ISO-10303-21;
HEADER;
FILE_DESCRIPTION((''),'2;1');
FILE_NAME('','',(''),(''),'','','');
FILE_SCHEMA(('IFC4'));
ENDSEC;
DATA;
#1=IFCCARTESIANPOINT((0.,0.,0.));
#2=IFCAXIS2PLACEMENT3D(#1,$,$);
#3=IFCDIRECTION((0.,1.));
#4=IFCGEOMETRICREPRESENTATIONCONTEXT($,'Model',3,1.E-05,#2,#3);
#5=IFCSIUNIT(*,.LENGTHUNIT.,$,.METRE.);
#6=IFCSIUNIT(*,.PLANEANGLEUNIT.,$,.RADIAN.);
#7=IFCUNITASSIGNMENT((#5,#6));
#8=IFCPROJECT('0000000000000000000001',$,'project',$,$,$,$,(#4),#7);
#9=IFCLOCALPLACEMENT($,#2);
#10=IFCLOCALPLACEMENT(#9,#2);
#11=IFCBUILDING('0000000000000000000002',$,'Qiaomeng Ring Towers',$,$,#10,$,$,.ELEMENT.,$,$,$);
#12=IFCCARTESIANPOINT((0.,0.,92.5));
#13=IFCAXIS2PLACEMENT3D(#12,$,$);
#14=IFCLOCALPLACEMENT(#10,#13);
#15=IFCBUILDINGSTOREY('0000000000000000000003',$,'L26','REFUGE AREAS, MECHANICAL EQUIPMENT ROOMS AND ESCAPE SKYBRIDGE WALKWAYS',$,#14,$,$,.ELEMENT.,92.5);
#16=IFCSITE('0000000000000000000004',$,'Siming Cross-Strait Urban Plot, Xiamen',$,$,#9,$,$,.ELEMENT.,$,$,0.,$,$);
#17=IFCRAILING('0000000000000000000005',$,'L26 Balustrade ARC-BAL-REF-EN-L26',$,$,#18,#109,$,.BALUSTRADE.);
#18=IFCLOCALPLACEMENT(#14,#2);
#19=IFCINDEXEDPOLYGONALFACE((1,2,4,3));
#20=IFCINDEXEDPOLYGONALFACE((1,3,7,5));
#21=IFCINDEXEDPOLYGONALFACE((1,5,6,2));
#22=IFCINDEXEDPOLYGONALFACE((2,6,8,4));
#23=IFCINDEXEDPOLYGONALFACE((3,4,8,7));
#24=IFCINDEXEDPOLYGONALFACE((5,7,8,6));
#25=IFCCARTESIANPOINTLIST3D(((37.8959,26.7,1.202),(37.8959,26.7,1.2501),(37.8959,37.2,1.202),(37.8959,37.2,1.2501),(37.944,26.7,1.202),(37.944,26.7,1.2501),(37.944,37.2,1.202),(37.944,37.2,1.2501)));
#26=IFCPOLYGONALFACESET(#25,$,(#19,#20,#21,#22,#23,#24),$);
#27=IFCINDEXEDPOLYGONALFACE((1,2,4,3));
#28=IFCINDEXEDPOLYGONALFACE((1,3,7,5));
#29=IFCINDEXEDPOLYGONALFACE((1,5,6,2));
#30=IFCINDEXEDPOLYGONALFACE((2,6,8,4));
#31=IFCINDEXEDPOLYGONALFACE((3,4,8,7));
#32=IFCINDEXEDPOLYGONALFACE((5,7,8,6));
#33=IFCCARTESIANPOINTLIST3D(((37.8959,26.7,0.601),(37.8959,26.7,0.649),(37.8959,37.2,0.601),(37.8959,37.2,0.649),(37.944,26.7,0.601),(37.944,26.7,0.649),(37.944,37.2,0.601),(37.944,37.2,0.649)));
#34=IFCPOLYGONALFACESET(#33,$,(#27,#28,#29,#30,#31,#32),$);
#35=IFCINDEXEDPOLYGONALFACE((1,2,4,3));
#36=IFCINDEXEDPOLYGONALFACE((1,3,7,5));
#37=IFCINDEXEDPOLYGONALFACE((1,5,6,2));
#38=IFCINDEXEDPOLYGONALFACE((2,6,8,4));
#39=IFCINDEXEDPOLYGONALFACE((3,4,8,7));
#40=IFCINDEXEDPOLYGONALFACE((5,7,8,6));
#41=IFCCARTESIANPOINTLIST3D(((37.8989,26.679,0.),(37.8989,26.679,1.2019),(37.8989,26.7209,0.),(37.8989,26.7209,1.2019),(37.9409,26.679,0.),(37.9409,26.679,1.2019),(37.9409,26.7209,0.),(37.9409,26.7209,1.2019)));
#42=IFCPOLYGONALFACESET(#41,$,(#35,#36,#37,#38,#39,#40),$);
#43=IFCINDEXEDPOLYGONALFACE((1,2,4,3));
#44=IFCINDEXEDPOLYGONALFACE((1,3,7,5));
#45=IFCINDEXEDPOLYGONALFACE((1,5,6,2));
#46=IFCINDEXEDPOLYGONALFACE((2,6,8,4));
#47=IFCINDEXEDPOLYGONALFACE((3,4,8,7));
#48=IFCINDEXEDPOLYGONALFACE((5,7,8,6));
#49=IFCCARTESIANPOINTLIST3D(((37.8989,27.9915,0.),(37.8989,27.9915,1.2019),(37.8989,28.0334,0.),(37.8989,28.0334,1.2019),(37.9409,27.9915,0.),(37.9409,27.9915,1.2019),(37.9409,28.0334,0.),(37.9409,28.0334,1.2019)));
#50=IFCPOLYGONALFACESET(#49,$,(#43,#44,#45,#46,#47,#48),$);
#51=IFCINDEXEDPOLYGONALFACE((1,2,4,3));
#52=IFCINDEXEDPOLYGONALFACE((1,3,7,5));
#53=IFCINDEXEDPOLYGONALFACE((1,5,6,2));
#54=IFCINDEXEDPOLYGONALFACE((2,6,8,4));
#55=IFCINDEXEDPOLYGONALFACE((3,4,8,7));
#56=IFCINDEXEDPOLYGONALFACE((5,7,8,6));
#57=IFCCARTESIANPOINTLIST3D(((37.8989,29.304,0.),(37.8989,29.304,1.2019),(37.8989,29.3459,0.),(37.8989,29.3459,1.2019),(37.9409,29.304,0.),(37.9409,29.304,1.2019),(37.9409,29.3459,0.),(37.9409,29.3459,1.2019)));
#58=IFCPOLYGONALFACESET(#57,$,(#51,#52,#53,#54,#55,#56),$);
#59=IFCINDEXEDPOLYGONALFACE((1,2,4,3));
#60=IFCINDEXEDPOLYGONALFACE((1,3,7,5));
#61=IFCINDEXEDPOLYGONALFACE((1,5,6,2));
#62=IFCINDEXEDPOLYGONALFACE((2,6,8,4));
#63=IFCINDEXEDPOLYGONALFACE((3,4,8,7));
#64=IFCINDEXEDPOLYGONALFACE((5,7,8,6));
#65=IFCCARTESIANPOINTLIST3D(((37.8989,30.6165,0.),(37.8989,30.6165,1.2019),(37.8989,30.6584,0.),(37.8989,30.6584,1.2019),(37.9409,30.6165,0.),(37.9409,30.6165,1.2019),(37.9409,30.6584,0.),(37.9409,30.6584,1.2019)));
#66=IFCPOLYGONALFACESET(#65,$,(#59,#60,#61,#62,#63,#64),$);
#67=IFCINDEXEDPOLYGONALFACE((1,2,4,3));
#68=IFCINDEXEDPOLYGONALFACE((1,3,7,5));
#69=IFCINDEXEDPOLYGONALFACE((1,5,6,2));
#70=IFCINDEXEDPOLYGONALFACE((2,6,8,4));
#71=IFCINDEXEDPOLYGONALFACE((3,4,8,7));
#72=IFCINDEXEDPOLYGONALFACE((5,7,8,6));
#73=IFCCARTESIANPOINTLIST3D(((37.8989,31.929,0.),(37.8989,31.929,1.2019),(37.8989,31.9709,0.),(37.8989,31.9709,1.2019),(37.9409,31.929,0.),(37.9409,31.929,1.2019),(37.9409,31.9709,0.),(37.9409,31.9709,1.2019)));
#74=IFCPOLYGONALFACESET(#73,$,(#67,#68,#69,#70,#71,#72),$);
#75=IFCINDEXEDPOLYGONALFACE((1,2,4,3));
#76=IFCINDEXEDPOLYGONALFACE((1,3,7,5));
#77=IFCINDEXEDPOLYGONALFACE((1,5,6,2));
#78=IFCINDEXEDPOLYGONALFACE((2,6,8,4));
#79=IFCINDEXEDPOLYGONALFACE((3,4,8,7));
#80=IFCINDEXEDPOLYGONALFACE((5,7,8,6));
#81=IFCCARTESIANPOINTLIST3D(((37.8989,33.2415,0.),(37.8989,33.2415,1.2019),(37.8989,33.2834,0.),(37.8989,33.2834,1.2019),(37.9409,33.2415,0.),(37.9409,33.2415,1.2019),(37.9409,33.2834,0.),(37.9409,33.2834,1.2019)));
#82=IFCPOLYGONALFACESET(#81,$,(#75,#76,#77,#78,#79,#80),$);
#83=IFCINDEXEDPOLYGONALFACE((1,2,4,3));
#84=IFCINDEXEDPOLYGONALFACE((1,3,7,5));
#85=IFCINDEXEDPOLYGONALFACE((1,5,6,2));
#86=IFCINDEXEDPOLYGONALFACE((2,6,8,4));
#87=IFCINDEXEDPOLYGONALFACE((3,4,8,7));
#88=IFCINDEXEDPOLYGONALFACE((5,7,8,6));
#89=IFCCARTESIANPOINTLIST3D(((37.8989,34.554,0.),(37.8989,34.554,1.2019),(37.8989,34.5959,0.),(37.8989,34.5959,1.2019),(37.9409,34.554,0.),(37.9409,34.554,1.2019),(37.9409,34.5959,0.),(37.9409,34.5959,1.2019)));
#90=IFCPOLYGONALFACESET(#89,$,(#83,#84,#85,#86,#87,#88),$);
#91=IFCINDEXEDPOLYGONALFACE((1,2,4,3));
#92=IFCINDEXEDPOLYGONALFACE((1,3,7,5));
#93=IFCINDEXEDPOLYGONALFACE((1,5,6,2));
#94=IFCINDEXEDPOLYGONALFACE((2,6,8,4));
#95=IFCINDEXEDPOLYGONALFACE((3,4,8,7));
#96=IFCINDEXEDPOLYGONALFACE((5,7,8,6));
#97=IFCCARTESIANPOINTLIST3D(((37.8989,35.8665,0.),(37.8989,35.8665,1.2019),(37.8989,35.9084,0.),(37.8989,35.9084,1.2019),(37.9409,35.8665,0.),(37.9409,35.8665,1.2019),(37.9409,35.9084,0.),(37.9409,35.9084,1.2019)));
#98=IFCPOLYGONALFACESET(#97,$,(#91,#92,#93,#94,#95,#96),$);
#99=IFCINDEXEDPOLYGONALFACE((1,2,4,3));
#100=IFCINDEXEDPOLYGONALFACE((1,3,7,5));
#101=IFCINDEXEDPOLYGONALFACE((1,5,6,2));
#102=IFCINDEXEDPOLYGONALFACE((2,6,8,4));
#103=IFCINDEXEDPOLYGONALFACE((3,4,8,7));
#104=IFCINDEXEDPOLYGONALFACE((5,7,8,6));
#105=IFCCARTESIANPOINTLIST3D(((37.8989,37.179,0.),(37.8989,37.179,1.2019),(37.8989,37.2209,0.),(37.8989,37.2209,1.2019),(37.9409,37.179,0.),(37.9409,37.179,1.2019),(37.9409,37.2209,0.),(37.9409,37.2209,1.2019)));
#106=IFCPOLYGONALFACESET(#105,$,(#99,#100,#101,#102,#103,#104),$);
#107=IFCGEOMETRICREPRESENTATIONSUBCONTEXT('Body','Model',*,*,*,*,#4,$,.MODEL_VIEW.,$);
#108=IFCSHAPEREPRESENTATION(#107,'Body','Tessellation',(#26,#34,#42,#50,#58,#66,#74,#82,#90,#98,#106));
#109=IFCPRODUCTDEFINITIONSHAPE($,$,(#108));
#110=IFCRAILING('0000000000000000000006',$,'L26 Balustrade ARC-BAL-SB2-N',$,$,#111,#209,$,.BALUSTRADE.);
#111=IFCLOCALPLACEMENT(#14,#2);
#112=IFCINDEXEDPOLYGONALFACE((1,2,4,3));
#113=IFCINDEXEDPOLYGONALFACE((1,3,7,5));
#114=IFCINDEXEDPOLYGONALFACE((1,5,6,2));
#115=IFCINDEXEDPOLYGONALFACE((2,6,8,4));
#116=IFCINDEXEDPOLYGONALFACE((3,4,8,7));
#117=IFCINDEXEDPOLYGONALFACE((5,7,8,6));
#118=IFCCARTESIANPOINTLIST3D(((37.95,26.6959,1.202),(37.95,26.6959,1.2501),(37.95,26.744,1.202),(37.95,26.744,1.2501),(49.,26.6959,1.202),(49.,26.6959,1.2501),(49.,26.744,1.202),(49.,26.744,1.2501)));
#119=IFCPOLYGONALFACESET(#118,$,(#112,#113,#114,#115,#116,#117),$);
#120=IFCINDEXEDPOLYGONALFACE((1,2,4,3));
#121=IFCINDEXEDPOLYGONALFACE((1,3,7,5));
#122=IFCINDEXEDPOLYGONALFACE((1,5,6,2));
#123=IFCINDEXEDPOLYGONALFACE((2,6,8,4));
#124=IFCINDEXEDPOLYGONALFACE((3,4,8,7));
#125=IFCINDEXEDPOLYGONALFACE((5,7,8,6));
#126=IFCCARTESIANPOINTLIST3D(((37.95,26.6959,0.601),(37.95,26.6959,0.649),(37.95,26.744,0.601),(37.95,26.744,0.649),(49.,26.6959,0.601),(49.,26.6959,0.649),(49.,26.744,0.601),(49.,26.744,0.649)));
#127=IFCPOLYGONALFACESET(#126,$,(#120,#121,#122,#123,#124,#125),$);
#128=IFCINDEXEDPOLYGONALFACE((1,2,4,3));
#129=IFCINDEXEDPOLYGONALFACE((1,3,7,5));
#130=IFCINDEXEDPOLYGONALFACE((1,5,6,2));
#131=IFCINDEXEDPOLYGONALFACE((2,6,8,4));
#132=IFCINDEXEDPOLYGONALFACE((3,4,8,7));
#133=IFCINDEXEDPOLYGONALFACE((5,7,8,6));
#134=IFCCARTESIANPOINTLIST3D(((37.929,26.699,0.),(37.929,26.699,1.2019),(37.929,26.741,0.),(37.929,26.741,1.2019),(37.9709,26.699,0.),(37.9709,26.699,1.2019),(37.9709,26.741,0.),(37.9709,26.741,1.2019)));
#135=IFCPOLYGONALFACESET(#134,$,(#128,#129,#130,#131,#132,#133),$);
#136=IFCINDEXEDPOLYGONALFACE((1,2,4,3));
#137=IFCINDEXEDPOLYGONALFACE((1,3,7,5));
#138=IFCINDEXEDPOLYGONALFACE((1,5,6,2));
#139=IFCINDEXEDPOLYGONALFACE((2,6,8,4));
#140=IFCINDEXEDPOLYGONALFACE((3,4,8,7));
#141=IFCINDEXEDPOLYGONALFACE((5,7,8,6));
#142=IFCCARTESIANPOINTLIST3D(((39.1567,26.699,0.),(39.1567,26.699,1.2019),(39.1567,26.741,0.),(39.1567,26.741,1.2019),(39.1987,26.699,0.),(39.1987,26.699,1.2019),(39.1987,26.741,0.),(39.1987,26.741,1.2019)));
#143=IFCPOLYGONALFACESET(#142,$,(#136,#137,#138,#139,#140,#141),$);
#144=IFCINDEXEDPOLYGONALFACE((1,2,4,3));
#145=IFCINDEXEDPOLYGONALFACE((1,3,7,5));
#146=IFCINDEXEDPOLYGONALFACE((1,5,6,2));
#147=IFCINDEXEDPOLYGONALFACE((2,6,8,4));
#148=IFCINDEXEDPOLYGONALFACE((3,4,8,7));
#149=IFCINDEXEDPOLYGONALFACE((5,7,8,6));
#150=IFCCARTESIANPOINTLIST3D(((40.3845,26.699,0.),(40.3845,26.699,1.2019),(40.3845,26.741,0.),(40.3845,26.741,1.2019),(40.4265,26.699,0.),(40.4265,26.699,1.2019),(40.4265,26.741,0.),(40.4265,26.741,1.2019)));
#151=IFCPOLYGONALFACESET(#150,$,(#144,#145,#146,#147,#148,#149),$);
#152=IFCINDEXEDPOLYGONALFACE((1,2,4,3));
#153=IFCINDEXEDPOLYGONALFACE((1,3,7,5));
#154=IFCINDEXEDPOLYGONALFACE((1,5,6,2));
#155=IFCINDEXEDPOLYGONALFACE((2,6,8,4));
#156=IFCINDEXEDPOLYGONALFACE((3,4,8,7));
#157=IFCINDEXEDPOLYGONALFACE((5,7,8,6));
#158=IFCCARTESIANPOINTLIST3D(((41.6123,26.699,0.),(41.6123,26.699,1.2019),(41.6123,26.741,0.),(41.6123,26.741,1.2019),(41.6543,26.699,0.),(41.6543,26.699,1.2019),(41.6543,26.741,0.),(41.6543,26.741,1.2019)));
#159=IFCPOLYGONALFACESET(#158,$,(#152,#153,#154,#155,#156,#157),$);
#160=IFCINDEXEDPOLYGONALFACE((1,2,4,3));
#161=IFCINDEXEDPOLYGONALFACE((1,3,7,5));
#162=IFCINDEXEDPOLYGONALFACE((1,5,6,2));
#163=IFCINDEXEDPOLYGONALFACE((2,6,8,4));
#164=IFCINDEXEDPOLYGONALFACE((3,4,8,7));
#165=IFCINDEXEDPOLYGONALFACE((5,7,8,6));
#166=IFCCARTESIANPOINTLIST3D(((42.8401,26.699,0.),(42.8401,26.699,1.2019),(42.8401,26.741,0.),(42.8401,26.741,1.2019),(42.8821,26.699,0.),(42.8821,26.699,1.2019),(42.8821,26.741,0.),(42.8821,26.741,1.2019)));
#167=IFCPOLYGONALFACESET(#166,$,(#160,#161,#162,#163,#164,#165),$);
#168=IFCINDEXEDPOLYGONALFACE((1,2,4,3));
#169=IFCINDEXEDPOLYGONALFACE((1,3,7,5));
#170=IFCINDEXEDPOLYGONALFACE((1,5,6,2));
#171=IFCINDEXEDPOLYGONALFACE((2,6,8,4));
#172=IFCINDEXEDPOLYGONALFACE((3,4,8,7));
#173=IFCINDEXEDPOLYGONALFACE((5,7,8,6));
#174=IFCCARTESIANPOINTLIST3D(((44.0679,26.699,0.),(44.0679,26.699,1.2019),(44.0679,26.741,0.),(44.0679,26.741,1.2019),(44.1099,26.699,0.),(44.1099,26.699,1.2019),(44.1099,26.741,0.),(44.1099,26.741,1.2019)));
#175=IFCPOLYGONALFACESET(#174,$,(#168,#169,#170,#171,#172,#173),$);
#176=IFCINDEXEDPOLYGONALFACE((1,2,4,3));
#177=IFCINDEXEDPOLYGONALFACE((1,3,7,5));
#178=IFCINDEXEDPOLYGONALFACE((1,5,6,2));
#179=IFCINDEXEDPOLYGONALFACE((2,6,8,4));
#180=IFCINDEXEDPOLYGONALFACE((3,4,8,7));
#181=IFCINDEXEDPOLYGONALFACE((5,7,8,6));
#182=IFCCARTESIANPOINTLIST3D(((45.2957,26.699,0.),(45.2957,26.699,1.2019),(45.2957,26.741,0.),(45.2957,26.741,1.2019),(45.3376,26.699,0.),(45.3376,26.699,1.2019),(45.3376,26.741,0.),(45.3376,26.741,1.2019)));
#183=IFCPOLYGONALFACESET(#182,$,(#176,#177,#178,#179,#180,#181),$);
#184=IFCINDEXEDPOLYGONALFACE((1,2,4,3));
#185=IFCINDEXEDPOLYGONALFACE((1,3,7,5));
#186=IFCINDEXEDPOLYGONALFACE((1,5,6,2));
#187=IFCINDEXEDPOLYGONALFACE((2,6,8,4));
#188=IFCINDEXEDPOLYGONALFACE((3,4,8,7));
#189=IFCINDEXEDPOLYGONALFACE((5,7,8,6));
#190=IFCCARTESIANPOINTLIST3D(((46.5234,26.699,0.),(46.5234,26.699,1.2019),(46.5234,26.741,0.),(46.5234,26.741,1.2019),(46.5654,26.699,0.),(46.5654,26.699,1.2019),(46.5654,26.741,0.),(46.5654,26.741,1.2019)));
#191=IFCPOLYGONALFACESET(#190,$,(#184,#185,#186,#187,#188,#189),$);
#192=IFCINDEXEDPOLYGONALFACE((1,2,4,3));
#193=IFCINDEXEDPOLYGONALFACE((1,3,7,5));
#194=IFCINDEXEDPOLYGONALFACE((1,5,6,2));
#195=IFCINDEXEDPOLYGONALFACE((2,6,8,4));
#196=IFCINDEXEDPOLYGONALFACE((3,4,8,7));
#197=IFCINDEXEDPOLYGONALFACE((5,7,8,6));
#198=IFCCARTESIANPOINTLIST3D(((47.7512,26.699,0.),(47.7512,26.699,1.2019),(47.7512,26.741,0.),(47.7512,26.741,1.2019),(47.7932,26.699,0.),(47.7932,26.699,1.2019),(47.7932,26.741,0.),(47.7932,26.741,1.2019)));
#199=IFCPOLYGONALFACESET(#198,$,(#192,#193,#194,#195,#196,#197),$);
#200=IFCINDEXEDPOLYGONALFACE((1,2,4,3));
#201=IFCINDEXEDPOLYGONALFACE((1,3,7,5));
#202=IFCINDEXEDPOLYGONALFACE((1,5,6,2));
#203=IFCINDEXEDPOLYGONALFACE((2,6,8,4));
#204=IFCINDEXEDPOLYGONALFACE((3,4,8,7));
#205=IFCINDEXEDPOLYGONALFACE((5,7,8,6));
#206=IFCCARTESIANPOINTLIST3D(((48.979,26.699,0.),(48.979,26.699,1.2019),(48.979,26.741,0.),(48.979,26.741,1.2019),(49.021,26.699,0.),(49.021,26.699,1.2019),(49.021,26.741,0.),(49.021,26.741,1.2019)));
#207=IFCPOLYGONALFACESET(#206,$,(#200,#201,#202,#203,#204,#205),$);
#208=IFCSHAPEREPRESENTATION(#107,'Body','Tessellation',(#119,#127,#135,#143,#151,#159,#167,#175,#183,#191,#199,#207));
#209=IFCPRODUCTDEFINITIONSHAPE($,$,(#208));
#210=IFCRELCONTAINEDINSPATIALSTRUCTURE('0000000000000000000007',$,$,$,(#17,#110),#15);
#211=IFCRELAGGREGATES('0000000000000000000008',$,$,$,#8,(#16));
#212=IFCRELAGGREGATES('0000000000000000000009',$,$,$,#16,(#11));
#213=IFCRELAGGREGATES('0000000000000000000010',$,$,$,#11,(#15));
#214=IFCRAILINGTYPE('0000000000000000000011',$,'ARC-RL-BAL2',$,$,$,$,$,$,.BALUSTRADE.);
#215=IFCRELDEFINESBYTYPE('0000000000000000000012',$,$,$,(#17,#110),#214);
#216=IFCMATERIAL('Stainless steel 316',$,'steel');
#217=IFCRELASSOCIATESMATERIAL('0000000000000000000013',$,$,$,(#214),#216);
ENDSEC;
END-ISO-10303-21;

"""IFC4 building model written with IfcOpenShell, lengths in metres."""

from ifc_helpers import new_model, si_unit, direction, frame, origin, origin_2d, place, context, subcontext, project, spatial, rectangle, extrude, material, type_object, element, save


model = new_model("IFC4")

# Units and contexts
model_context = context("Model", 3, precision=1e-05, world=origin(), true_north=direction((0.0, 1.0)))
body_context = subcontext(model_context, "Body", "Model", "MODEL_VIEW")
ifc_project = project(units=[si_unit("LENGTHUNIT", "METRE"), si_unit("PLANEANGLEUNIT", "RADIAN")], contexts=[model_context])

# Site, building, storey
site_placement = place(None, origin())
site = spatial("IfcSite", under=ifc_project, at=site_placement, Name="Siming Cross-Strait Urban Plot, Xiamen", CompositionType="ELEMENT", RefElevation=0.0)
building_placement = place(site_placement, origin())
building = spatial("IfcBuilding", under=site, at=building_placement, Name="Qiaomeng Ring Towers", CompositionType="ELEMENT")
storey_placement = place(building_placement, frame((0.0, 0.0, 92.5)))
storey = spatial("IfcBuildingStorey", under=building, at=storey_placement, Name="L26", Description="REFUGE AREAS, MECHANICAL EQUIPMENT ROOMS AND ESCAPE SKYBRIDGE WALKWAYS", CompositionType="ELEMENT", Elevation=92.5)

# Railings
ifc_material_1 = material(Name="Stainless steel 316", Category="steel")
railing_type_1 = type_object("IfcRailingType", Name="ARC-RL-BAL2", PredefinedType="BALUSTRADE", material=ifc_material_1)
railing_1_placement = place(storey_placement, frame((37.9199, 26.7, 0.0)))
element("IfcRailing", 1, at=railing_1_placement, inside=storey, type_object=railing_type_1, Name="L26 Balustrade ARC-BAL-REF-EN-L26", PredefinedType="BALUSTRADE", context=body_context, shape_type="SweptSolid", body=[
    extrude(rectangle(XDim=0.0481, YDim=0.0481, at=origin_2d()), frame((0.0, 0.0, 1.2261), z_axis=(0.0, 1.0, 0.0), x_axis=(-1.0, 0.0, 0.0)), (0.0, 0.0, 1.0), 10.5),
    extrude(rectangle(XDim=0.0481, YDim=0.0481, at=origin_2d()), frame((0.0, 0.0, 0.625), z_axis=(0.0, 1.0, 0.0), x_axis=(-1.0, 0.0, 0.0)), (0.0, 0.0, 1.0), 10.5),
    extrude(rectangle(XDim=0.042, YDim=0.042, at=origin_2d()), origin(), (0.0, 0.0, 1.0), 1.2019),
    extrude(rectangle(XDim=0.042, YDim=0.042, at=origin_2d()), frame((0.0, 1.3125, 0.0)), (0.0, 0.0, 1.0), 1.2019),
    extrude(rectangle(XDim=0.042, YDim=0.042, at=origin_2d()), frame((0.0, 2.625, 0.0)), (0.0, 0.0, 1.0), 1.2019),
    extrude(rectangle(XDim=0.042, YDim=0.042, at=origin_2d()), frame((0.0, 3.9375, 0.0)), (0.0, 0.0, 1.0), 1.2019),
    extrude(rectangle(XDim=0.042, YDim=0.042, at=origin_2d()), frame((0.0, 5.25, 0.0)), (0.0, 0.0, 1.0), 1.2019),
    extrude(rectangle(XDim=0.042, YDim=0.042, at=origin_2d()), frame((0.0, 6.5625, 0.0)), (0.0, 0.0, 1.0), 1.2019),
    extrude(rectangle(XDim=0.042, YDim=0.042, at=origin_2d()), frame((0.0, 7.875, 0.0)), (0.0, 0.0, 1.0), 1.2019),
    extrude(rectangle(XDim=0.042, YDim=0.042, at=origin_2d()), frame((0.0, 9.1875, 0.0)), (0.0, 0.0, 1.0), 1.2019),
    extrude(rectangle(XDim=0.042, YDim=0.042, at=origin_2d()), frame((0.0, 10.5, 0.0)), (0.0, 0.0, 1.0), 1.2019),
])
railing_2_placement = place(storey_placement, frame((37.95, 26.72, 0.0)))
element("IfcRailing", 2, at=railing_2_placement, inside=storey, type_object=railing_type_1, Name="L26 Balustrade ARC-BAL-SB2-N", PredefinedType="BALUSTRADE", context=body_context, shape_type="SweptSolid", body=[
    extrude(rectangle(XDim=0.0481, YDim=0.0481, at=origin_2d()), frame((0.0, 0.0, 1.2261), z_axis=(1.0, 0.0, 0.0), x_axis=(0.0, 1.0, 0.0)), (0.0, 0.0, 1.0), 11.05),
    extrude(rectangle(XDim=0.0481, YDim=0.0481, at=origin_2d()), frame((0.0, 0.0, 0.625), z_axis=(1.0, 0.0, 0.0), x_axis=(0.0, 1.0, 0.0)), (0.0, 0.0, 1.0), 11.05),
    extrude(rectangle(XDim=0.042, YDim=0.042, at=origin_2d()), origin(), (0.0, 0.0, 1.0), 1.2019),
    extrude(rectangle(XDim=0.042, YDim=0.042, at=origin_2d()), frame((1.2278, 0.0, 0.0)), (0.0, 0.0, 1.0), 1.2019),
    extrude(rectangle(XDim=0.042, YDim=0.042, at=origin_2d()), frame((2.4556, 0.0, 0.0)), (0.0, 0.0, 1.0), 1.2019),
    extrude(rectangle(XDim=0.042, YDim=0.042, at=origin_2d()), frame((3.6833, 0.0, 0.0)), (0.0, 0.0, 1.0), 1.2019),
    extrude(rectangle(XDim=0.042, YDim=0.042, at=origin_2d()), frame((4.9111, 0.0, 0.0)), (0.0, 0.0, 1.0), 1.2019),
    extrude(rectangle(XDim=0.042, YDim=0.042, at=origin_2d()), frame((6.1389, 0.0, 0.0)), (0.0, 0.0, 1.0), 1.2019),
    extrude(rectangle(XDim=0.042, YDim=0.042, at=origin_2d()), frame((7.3667, 0.0, 0.0)), (0.0, 0.0, 1.0), 1.2019),
    extrude(rectangle(XDim=0.042, YDim=0.042, at=origin_2d()), frame((8.5945, 0.0, 0.0)), (0.0, 0.0, 1.0), 1.2019),
    extrude(rectangle(XDim=0.042, YDim=0.042, at=origin_2d()), frame((9.8223, 0.0, 0.0)), (0.0, 0.0, 1.0), 1.2019),
    extrude(rectangle(XDim=0.042, YDim=0.042, at=origin_2d()), frame((11.05, 0.0, 0.0)), (0.0, 0.0, 1.0), 1.2019),
])

save(model, "model.ifc")
